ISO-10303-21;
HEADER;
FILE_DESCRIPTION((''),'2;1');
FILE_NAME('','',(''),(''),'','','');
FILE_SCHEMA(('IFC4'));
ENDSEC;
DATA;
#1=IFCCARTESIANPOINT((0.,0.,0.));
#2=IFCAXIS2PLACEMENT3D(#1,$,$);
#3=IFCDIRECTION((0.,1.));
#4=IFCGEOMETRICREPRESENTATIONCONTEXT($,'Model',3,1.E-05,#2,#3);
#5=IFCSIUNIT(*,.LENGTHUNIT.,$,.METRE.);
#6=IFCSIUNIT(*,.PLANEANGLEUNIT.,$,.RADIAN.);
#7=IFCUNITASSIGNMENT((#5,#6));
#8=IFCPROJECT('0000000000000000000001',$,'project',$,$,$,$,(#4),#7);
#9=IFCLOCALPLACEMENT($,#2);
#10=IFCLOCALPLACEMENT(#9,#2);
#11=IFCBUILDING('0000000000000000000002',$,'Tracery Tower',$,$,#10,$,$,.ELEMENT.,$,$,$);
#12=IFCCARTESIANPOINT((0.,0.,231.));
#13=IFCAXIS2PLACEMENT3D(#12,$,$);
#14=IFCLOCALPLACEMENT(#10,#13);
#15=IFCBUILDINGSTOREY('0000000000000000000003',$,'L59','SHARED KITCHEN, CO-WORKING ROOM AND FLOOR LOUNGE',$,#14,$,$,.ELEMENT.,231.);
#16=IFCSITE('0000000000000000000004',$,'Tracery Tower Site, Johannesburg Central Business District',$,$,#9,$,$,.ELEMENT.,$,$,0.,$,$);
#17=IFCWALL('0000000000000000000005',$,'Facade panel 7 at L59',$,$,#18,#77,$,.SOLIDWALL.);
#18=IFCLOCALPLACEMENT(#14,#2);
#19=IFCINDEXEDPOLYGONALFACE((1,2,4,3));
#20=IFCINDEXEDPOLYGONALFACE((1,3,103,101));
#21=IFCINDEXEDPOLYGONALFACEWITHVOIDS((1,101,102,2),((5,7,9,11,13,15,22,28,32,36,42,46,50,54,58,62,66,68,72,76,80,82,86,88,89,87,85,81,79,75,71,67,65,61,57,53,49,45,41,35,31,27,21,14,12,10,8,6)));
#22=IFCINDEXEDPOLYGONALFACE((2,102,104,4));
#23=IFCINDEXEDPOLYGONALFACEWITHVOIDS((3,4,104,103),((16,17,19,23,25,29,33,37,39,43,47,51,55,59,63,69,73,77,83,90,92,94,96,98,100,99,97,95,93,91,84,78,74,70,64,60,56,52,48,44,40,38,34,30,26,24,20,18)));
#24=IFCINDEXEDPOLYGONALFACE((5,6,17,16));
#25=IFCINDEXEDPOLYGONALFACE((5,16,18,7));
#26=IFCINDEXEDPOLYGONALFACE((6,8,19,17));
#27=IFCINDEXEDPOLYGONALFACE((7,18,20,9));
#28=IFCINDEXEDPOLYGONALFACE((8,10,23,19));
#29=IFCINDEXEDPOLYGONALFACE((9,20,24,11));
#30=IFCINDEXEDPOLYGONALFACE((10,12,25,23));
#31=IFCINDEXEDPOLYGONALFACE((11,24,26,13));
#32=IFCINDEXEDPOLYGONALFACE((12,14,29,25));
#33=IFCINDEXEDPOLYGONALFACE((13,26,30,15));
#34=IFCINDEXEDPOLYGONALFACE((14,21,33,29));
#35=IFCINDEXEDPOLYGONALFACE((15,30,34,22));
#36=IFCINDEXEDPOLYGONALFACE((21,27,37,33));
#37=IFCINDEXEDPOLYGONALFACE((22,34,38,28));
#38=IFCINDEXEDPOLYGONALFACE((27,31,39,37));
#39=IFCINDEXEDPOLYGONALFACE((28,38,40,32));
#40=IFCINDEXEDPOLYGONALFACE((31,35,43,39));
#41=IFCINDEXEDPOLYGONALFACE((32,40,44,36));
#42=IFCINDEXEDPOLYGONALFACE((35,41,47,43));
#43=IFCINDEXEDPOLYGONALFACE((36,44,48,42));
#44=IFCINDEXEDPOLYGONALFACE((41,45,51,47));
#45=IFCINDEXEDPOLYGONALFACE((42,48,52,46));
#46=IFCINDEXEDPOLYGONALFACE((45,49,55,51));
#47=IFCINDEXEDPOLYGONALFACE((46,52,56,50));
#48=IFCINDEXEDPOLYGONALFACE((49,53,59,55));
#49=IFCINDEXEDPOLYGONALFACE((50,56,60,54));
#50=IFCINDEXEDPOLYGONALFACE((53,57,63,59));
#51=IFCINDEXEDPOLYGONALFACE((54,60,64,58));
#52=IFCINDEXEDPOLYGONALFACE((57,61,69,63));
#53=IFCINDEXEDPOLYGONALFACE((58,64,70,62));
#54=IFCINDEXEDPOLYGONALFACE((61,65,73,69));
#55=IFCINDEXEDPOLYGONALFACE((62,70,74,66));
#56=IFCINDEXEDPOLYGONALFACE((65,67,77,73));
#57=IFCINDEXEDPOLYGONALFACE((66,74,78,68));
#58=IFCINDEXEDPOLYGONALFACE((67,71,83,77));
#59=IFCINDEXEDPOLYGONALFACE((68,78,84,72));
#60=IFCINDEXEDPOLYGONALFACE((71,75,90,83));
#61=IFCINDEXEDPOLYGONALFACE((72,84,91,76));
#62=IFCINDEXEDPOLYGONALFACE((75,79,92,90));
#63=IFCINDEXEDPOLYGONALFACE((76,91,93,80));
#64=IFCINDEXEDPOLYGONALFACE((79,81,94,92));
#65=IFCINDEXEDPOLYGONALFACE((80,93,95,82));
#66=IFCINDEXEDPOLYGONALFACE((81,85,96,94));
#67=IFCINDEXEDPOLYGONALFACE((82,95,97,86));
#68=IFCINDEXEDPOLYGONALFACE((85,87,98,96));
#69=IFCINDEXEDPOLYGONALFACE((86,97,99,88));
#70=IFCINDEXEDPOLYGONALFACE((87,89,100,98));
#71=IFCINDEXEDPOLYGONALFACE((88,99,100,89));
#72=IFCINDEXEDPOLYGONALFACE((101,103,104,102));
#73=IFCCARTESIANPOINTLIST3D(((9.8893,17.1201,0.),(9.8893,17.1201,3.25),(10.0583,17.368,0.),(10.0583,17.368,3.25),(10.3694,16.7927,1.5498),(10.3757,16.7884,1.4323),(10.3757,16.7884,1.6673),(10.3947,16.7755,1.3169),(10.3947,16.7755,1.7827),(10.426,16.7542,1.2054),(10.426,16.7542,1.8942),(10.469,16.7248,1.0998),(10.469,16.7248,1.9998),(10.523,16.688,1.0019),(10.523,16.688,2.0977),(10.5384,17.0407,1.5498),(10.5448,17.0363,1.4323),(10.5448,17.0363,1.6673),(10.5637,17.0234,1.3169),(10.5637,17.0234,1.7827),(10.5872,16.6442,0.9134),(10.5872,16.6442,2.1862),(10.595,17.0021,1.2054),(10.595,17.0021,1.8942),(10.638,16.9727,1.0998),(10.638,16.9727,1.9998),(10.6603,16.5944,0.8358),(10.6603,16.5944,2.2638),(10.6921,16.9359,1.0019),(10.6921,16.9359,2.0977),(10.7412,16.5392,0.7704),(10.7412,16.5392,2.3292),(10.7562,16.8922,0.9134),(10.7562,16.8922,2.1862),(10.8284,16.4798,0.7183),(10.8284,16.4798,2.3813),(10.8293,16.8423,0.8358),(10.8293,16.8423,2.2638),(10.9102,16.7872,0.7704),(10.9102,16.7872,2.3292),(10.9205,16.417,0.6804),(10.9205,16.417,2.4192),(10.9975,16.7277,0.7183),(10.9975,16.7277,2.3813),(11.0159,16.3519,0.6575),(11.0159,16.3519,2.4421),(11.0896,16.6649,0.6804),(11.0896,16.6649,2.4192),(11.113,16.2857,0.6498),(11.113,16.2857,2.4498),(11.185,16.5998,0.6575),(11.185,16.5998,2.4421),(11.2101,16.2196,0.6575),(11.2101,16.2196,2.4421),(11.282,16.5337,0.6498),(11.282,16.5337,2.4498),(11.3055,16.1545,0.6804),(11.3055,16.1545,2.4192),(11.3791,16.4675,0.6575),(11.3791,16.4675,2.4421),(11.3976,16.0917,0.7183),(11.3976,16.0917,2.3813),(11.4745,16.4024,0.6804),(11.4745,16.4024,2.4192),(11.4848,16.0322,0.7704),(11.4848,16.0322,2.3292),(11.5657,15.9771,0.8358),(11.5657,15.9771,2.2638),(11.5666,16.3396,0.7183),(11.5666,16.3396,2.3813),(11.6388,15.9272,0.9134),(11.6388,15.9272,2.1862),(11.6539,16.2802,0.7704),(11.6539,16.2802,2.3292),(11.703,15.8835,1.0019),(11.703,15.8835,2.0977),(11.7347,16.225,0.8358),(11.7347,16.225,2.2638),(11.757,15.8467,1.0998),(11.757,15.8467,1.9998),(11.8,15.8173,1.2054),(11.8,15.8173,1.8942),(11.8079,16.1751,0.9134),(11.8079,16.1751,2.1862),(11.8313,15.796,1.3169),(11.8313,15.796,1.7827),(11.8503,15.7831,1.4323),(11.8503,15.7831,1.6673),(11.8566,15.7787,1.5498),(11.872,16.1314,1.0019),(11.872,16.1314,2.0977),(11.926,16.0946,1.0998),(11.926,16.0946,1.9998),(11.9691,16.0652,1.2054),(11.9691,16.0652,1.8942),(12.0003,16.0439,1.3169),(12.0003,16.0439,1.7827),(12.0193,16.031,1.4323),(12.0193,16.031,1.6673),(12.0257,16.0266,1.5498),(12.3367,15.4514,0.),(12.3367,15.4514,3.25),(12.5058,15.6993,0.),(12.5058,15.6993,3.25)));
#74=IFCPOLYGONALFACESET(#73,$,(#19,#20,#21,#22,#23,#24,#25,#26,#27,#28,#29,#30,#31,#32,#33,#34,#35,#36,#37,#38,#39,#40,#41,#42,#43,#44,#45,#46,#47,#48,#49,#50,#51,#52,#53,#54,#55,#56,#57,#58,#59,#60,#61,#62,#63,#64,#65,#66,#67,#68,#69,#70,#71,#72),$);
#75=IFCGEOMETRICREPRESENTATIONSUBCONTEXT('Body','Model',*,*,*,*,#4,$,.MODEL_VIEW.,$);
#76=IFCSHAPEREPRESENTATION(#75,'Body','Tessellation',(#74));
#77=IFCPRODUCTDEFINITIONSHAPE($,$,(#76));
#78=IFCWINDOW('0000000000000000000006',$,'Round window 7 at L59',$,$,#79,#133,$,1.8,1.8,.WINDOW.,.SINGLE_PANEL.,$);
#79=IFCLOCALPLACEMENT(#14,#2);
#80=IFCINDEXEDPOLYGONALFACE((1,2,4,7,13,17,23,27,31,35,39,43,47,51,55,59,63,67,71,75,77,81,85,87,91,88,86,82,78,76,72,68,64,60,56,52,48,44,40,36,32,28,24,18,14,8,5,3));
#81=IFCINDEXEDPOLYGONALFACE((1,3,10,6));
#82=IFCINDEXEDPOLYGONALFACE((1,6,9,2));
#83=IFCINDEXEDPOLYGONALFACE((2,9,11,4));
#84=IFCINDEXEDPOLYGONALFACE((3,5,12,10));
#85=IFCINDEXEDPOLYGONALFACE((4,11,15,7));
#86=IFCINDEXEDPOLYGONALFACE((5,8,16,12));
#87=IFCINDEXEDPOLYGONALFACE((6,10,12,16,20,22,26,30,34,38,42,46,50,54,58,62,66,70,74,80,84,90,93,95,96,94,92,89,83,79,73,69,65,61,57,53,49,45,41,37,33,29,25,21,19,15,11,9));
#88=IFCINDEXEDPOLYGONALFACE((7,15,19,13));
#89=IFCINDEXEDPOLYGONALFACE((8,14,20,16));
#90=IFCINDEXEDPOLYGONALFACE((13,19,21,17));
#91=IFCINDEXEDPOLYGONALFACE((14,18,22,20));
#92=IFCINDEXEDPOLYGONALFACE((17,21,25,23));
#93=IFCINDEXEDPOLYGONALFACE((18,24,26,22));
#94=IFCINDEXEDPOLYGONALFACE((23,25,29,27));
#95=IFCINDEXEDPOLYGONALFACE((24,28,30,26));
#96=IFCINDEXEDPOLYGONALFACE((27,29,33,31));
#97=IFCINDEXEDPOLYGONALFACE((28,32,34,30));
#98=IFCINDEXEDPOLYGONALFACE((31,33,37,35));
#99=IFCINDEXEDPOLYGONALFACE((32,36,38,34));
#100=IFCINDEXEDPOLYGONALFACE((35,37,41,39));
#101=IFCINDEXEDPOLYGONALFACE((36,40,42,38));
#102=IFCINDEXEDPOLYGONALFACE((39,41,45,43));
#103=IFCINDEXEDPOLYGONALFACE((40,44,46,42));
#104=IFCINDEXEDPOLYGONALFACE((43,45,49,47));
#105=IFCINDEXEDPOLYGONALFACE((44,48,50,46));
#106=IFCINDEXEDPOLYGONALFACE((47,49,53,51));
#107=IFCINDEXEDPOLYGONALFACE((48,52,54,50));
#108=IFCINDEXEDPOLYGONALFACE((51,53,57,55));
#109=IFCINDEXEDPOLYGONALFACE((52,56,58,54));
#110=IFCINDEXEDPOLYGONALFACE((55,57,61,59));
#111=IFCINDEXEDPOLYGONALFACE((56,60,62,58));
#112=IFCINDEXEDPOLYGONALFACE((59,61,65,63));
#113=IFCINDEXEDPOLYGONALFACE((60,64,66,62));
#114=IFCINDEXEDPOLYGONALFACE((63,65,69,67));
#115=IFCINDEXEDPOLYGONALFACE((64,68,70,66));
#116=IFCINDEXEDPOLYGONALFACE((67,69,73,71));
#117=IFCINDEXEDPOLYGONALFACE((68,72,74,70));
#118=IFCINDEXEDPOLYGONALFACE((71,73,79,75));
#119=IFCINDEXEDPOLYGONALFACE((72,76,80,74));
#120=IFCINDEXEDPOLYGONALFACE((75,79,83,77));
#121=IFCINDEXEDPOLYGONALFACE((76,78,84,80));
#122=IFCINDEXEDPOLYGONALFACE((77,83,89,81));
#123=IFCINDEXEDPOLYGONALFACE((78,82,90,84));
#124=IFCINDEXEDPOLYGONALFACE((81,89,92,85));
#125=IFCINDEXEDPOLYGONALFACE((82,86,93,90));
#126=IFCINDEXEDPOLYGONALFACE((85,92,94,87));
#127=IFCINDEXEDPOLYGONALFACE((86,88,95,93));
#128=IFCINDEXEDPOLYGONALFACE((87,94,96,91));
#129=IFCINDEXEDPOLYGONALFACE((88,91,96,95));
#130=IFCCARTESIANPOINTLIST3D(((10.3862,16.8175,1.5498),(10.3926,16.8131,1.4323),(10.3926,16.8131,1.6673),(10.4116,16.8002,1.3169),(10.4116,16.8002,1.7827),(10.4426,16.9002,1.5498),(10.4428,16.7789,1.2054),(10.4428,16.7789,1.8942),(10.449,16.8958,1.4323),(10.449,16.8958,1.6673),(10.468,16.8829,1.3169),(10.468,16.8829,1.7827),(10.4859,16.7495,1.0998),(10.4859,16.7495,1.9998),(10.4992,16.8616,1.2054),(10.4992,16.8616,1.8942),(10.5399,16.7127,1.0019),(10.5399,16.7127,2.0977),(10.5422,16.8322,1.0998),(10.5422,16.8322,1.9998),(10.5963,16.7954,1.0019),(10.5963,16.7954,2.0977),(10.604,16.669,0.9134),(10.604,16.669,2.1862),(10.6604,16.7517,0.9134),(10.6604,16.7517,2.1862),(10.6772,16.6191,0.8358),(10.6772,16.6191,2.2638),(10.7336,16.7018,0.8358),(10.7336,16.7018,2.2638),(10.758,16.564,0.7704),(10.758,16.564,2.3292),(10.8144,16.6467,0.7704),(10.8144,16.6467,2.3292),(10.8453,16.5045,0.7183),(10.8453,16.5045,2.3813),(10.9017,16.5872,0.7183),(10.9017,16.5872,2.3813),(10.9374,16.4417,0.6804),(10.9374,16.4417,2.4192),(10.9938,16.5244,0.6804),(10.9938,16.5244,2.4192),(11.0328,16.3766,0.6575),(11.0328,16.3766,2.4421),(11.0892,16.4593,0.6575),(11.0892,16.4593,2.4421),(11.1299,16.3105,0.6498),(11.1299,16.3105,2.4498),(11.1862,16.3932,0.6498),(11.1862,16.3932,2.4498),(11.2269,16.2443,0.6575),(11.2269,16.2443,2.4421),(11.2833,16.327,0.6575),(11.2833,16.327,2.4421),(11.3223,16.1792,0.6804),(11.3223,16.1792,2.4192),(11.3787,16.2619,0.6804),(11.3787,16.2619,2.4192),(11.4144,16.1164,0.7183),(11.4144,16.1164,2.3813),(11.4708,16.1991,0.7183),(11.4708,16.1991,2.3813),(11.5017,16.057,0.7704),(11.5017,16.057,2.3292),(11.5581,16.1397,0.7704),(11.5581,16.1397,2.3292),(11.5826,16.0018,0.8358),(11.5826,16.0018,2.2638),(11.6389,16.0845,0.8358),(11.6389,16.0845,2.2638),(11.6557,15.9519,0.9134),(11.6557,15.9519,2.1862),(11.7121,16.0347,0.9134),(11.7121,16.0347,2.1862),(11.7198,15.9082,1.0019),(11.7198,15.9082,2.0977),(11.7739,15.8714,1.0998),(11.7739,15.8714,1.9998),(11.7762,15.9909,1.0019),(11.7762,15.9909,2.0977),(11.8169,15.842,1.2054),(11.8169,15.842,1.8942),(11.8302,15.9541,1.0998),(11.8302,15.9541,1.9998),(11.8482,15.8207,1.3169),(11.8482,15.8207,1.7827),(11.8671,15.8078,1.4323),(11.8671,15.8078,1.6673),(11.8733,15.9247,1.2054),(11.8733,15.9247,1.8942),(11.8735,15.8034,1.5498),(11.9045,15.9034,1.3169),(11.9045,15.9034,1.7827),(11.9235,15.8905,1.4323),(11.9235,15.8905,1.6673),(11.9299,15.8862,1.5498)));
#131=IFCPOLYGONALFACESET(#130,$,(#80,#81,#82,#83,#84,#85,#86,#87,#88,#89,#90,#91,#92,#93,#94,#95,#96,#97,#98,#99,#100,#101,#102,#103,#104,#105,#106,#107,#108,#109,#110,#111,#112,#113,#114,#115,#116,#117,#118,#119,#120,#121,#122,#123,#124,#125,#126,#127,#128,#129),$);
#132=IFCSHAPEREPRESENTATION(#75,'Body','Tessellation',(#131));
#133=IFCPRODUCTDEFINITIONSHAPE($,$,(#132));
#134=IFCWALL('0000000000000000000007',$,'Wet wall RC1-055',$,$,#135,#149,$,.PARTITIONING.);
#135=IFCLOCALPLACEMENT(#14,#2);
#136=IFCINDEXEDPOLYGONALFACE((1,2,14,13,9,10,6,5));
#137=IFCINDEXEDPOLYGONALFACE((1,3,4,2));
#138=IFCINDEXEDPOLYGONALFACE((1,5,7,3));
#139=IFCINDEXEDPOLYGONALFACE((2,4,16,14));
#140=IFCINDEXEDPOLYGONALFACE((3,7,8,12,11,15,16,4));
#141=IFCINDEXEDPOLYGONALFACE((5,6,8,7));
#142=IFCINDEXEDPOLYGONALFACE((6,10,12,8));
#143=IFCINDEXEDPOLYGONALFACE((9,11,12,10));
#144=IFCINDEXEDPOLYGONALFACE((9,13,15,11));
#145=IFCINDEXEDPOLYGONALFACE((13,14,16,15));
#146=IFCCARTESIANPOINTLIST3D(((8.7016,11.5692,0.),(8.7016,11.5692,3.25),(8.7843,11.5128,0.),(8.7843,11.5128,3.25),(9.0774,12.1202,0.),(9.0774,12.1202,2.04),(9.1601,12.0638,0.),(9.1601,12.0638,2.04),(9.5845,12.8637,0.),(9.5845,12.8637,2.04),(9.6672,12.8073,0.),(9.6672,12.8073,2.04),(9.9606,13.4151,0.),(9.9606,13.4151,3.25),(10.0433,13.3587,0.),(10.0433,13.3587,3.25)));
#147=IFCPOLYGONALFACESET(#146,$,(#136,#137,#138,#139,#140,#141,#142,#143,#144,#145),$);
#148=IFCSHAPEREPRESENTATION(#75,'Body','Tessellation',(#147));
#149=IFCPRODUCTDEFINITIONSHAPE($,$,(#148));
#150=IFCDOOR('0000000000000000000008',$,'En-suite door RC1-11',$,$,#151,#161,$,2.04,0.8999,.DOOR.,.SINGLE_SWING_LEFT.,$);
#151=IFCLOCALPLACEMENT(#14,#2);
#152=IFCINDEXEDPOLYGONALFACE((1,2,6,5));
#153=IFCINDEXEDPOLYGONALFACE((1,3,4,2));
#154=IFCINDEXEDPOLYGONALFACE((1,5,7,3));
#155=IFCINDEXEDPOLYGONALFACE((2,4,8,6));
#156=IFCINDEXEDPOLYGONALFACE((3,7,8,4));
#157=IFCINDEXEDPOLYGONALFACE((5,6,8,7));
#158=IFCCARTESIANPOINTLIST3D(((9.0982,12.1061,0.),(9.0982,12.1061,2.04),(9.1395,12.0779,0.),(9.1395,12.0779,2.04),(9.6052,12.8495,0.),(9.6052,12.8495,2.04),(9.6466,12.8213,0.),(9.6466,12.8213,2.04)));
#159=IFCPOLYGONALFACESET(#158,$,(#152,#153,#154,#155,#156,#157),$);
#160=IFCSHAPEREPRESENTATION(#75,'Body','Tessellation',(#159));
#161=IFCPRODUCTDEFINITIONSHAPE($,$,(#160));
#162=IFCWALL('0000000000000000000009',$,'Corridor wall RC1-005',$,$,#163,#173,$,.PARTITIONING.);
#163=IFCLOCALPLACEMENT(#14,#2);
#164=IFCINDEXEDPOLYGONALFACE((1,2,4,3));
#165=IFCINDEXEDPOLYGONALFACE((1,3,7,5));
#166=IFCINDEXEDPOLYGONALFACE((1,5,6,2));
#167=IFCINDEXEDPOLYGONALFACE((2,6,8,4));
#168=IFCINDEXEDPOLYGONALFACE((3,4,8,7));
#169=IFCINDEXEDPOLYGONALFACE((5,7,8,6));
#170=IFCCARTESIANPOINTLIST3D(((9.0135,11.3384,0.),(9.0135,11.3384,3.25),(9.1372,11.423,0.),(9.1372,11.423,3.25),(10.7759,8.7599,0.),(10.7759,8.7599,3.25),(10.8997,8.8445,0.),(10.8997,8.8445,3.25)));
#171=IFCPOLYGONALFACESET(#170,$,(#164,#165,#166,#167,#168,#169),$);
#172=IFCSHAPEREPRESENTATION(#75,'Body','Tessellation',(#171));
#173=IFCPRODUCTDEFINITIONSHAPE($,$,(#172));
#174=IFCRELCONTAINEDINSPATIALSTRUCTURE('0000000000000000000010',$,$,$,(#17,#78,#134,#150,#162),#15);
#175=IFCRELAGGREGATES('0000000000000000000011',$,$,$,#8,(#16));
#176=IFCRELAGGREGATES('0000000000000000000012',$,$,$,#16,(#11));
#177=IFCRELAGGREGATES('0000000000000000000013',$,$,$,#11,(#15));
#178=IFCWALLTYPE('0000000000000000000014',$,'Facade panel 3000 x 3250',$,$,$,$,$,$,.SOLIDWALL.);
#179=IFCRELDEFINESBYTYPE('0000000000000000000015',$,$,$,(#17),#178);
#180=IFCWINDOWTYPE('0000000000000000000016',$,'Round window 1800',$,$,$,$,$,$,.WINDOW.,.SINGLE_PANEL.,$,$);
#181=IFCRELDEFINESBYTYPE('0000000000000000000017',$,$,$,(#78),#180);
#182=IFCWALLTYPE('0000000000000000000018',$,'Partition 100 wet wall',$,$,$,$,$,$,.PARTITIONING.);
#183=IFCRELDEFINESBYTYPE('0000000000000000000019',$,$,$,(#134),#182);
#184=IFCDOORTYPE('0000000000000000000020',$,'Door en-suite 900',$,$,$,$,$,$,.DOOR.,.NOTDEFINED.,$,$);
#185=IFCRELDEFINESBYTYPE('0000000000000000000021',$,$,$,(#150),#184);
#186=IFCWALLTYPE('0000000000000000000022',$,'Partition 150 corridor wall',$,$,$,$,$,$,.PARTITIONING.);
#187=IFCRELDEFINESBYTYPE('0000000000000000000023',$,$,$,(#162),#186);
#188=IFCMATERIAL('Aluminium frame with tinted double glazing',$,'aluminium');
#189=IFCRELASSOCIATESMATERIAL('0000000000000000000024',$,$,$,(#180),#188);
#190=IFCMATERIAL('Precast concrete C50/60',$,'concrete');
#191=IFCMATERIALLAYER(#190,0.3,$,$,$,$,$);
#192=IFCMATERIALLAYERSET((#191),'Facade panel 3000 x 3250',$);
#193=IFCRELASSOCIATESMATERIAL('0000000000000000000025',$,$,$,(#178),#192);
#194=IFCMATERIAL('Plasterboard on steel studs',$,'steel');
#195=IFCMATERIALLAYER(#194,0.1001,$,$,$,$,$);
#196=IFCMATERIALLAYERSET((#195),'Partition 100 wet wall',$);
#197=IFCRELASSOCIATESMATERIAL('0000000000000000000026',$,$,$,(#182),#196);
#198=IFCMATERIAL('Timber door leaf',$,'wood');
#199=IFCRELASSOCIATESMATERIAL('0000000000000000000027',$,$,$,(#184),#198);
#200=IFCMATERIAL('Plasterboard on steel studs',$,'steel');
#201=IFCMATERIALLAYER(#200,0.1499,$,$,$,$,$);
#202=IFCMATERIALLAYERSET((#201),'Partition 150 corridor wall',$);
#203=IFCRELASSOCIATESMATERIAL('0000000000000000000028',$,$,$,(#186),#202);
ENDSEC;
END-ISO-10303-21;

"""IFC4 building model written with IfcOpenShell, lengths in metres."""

from ifc_helpers import new_model, si_unit, direction, frame, frame_2d, origin, origin_2d, place, context, subcontext, project, spatial, rectangle, circle, extrude, material, layer, layer_set, type_object, element, fill, save


model = new_model("IFC4")

# Units and contexts
model_context = context("Model", 3, precision=1e-05, world=origin(), true_north=direction((0.0, 1.0)))
body_context = subcontext(model_context, "Body", "Model", "MODEL_VIEW")
ifc_project = project(units=[si_unit("LENGTHUNIT", "METRE"), si_unit("PLANEANGLEUNIT", "RADIAN")], contexts=[model_context])

# Site, building, storey
site_placement = place(None, origin())
site = spatial("IfcSite", under=ifc_project, at=site_placement, Name="Tracery Tower Site, Johannesburg Central Business District", CompositionType="ELEMENT", RefElevation=0.0)
building_placement = place(site_placement, origin())
building = spatial("IfcBuilding", under=site, at=building_placement, Name="Tracery Tower", CompositionType="ELEMENT")
storey_placement = place(building_placement, frame((0.0, 0.0, 231.0)))
storey = spatial("IfcBuildingStorey", under=building, at=storey_placement, Name="L59", Description="SHARED KITCHEN, CO-WORKING ROOM AND FLOOR LOUNGE", CompositionType="ELEMENT", Elevation=231.0)

# Wall, opening, window
ifc_material_1 = material(Name="Aluminium frame with tinted double glazing", Category="aluminium")
window_type = type_object("IfcWindowType", Name="Round window 1800", PartitioningType="SINGLE_PANEL", PredefinedType="WINDOW", material=ifc_material_1)
ifc_material_2 = material(Name="Precast concrete C50/60", Category="concrete")
ifc_layer_1 = layer(ifc_material_2, 0.3)
ifc_layer_set_1 = layer_set([ifc_layer_1], Name="Facade panel 3000 x 3250")
wall_type_1 = type_object("IfcWallType", Name="Facade panel 3000 x 3250", PredefinedType="SOLIDWALL", material=ifc_layer_set_1)
wall_1_placement = place(storey_placement, frame((12.4211, 15.5754, 0.0), z_axis=(0.0, 0.0, 1.0), x_axis=(-0.826236, 0.563324, 0.0)))
wall_1 = element("IfcWall", 1, at=wall_1_placement, inside=storey, type_object=wall_type_1, Name="Facade panel 7 at L59", PredefinedType="SOLIDWALL", context=body_context, shape_type="SweptSolid", body=[
    extrude(rectangle(XDim=2.9622, YDim=0.3, at=frame_2d((1.481, 0.0))), origin(), (0.0, 0.0, 1.0), 3.25),
])
opening_1_placement = place(wall_1_placement, frame((1.481, 0.0, 1.5498)))
opening_1 = element("IfcOpeningElement", 2, at=opening_1_placement, cuts=wall_1, PredefinedType="OPENING", context=body_context, shape_type="SweptSolid", body=[
    extrude(circle(Radius=0.9, at=origin_2d()), frame((0.0, 0.1599, 0.0), z_axis=(0.0, -1.0, 0.0), x_axis=(1.0, 0.0, 0.0)), (0.0, 0.0, 1.0), 0.3201),
])
window_1_placement = place(opening_1_placement, origin())
window_1 = element("IfcWindow", 3, at=window_1_placement, inside=storey, type_object=window_type, Name="Round window 7 at L59", OverallHeight=1.8, OverallWidth=1.8, PartitioningType="SINGLE_PANEL", PredefinedType="WINDOW", context=body_context, shape_type="SweptSolid", body=[
    extrude(circle(Radius=0.9, at=origin_2d()), frame((0.0, 0.1201, 0.0), z_axis=(0.0, -1.0, 0.0), x_axis=(1.0, 0.0, 0.0)), (0.0, 0.0, 1.0), 0.1001),
])
fill(opening_1, window_1)

# Wall, opening, door
ifc_material_3 = material(Name="Plasterboard on steel studs", Category="steel")
ifc_layer_2 = layer(ifc_material_3, 0.1001)
ifc_layer_set_2 = layer_set([ifc_layer_2], Name="Partition 100 wet wall")
wall_type_2 = type_object("IfcWallType", Name="Partition 100 wet wall", PredefinedType="PARTITIONING", material=ifc_layer_set_2)
wall_2_placement = place(storey_placement, frame((8.7429, 11.541, 0.0), z_axis=(0.0, 0.0, 1.0), x_axis=(0.563469, 0.826137, 0.0)))
wall_2 = element("IfcWall", 4, at=wall_2_placement, inside=storey, type_object=wall_type_2, Name="Wet wall RC1-055", PredefinedType="PARTITIONING", context=body_context, shape_type="SweptSolid", body=[
    extrude(rectangle(XDim=2.2344, YDim=0.1001, at=frame_2d((1.1172, 0.0))), origin(), (0.0, 0.0, 1.0), 3.25),
])
opening_2_placement = place(wall_2_placement, frame((0.667, 0.0, 0.0)))
opening_2 = element("IfcOpeningElement", 5, at=opening_2_placement, cuts=wall_2, PredefinedType="OPENING", context=body_context, shape_type="SweptSolid", body=[
    extrude(rectangle(XDim=0.8999, YDim=2.04, at=frame_2d((0.45, 1.02))), frame((0.0, 0.05, 0.0), z_axis=(0.0, -1.0, 0.0), x_axis=(1.0, 0.0, 0.0)), (0.0, 0.0, 1.0), 0.1001),
])
ifc_material_4 = material(Name="Timber door leaf", Category="wood")
door_type = type_object("IfcDoorType", Name="Door en-suite 900", OperationType="NOTDEFINED", PredefinedType="DOOR", material=ifc_material_4)
door_placement = place(opening_2_placement, origin())
door = element("IfcDoor", 6, at=door_placement, inside=storey, type_object=door_type, Name="En-suite door RC1-11", OperationType="SINGLE_SWING_LEFT", OverallHeight=2.04, OverallWidth=0.8999, PredefinedType="DOOR", context=body_context, shape_type="SweptSolid", body=[
    extrude(rectangle(XDim=0.8999, YDim=2.04, at=frame_2d((0.45, 1.02))), frame((0.0, 0.0249, 0.0), z_axis=(0.0, -1.0, 0.0), x_axis=(1.0, 0.0, 0.0)), (0.0, 0.0, 1.0), 0.05),
])
fill(opening_2, door)

# Wall
ifc_material_5 = material(Name="Plasterboard on steel studs", Category="steel")
ifc_layer_3 = layer(ifc_material_5, 0.1499)
ifc_layer_set_3 = layer_set([ifc_layer_3], Name="Partition 150 corridor wall")
wall_type_3 = type_object("IfcWallType", Name="Partition 150 corridor wall", PredefinedType="PARTITIONING", material=ifc_layer_set_3)
wall_3_placement = place(storey_placement, frame((9.0754, 11.3806, 0.0), z_axis=(0.0, 0.0, 1.0), x_axis=(0.564278, -0.825585, 0.0)))
element("IfcWall", 7, at=wall_3_placement, inside=storey, type_object=wall_type_3, Name="Corridor wall RC1-005", PredefinedType="PARTITIONING", context=body_context, shape_type="SweptSolid", body=[
    extrude(rectangle(XDim=3.1233, YDim=0.1499, at=frame_2d((1.5615, 0.0))), origin(), (0.0, 0.0, 1.0), 3.25),
])

save(model, "model.ifc")
